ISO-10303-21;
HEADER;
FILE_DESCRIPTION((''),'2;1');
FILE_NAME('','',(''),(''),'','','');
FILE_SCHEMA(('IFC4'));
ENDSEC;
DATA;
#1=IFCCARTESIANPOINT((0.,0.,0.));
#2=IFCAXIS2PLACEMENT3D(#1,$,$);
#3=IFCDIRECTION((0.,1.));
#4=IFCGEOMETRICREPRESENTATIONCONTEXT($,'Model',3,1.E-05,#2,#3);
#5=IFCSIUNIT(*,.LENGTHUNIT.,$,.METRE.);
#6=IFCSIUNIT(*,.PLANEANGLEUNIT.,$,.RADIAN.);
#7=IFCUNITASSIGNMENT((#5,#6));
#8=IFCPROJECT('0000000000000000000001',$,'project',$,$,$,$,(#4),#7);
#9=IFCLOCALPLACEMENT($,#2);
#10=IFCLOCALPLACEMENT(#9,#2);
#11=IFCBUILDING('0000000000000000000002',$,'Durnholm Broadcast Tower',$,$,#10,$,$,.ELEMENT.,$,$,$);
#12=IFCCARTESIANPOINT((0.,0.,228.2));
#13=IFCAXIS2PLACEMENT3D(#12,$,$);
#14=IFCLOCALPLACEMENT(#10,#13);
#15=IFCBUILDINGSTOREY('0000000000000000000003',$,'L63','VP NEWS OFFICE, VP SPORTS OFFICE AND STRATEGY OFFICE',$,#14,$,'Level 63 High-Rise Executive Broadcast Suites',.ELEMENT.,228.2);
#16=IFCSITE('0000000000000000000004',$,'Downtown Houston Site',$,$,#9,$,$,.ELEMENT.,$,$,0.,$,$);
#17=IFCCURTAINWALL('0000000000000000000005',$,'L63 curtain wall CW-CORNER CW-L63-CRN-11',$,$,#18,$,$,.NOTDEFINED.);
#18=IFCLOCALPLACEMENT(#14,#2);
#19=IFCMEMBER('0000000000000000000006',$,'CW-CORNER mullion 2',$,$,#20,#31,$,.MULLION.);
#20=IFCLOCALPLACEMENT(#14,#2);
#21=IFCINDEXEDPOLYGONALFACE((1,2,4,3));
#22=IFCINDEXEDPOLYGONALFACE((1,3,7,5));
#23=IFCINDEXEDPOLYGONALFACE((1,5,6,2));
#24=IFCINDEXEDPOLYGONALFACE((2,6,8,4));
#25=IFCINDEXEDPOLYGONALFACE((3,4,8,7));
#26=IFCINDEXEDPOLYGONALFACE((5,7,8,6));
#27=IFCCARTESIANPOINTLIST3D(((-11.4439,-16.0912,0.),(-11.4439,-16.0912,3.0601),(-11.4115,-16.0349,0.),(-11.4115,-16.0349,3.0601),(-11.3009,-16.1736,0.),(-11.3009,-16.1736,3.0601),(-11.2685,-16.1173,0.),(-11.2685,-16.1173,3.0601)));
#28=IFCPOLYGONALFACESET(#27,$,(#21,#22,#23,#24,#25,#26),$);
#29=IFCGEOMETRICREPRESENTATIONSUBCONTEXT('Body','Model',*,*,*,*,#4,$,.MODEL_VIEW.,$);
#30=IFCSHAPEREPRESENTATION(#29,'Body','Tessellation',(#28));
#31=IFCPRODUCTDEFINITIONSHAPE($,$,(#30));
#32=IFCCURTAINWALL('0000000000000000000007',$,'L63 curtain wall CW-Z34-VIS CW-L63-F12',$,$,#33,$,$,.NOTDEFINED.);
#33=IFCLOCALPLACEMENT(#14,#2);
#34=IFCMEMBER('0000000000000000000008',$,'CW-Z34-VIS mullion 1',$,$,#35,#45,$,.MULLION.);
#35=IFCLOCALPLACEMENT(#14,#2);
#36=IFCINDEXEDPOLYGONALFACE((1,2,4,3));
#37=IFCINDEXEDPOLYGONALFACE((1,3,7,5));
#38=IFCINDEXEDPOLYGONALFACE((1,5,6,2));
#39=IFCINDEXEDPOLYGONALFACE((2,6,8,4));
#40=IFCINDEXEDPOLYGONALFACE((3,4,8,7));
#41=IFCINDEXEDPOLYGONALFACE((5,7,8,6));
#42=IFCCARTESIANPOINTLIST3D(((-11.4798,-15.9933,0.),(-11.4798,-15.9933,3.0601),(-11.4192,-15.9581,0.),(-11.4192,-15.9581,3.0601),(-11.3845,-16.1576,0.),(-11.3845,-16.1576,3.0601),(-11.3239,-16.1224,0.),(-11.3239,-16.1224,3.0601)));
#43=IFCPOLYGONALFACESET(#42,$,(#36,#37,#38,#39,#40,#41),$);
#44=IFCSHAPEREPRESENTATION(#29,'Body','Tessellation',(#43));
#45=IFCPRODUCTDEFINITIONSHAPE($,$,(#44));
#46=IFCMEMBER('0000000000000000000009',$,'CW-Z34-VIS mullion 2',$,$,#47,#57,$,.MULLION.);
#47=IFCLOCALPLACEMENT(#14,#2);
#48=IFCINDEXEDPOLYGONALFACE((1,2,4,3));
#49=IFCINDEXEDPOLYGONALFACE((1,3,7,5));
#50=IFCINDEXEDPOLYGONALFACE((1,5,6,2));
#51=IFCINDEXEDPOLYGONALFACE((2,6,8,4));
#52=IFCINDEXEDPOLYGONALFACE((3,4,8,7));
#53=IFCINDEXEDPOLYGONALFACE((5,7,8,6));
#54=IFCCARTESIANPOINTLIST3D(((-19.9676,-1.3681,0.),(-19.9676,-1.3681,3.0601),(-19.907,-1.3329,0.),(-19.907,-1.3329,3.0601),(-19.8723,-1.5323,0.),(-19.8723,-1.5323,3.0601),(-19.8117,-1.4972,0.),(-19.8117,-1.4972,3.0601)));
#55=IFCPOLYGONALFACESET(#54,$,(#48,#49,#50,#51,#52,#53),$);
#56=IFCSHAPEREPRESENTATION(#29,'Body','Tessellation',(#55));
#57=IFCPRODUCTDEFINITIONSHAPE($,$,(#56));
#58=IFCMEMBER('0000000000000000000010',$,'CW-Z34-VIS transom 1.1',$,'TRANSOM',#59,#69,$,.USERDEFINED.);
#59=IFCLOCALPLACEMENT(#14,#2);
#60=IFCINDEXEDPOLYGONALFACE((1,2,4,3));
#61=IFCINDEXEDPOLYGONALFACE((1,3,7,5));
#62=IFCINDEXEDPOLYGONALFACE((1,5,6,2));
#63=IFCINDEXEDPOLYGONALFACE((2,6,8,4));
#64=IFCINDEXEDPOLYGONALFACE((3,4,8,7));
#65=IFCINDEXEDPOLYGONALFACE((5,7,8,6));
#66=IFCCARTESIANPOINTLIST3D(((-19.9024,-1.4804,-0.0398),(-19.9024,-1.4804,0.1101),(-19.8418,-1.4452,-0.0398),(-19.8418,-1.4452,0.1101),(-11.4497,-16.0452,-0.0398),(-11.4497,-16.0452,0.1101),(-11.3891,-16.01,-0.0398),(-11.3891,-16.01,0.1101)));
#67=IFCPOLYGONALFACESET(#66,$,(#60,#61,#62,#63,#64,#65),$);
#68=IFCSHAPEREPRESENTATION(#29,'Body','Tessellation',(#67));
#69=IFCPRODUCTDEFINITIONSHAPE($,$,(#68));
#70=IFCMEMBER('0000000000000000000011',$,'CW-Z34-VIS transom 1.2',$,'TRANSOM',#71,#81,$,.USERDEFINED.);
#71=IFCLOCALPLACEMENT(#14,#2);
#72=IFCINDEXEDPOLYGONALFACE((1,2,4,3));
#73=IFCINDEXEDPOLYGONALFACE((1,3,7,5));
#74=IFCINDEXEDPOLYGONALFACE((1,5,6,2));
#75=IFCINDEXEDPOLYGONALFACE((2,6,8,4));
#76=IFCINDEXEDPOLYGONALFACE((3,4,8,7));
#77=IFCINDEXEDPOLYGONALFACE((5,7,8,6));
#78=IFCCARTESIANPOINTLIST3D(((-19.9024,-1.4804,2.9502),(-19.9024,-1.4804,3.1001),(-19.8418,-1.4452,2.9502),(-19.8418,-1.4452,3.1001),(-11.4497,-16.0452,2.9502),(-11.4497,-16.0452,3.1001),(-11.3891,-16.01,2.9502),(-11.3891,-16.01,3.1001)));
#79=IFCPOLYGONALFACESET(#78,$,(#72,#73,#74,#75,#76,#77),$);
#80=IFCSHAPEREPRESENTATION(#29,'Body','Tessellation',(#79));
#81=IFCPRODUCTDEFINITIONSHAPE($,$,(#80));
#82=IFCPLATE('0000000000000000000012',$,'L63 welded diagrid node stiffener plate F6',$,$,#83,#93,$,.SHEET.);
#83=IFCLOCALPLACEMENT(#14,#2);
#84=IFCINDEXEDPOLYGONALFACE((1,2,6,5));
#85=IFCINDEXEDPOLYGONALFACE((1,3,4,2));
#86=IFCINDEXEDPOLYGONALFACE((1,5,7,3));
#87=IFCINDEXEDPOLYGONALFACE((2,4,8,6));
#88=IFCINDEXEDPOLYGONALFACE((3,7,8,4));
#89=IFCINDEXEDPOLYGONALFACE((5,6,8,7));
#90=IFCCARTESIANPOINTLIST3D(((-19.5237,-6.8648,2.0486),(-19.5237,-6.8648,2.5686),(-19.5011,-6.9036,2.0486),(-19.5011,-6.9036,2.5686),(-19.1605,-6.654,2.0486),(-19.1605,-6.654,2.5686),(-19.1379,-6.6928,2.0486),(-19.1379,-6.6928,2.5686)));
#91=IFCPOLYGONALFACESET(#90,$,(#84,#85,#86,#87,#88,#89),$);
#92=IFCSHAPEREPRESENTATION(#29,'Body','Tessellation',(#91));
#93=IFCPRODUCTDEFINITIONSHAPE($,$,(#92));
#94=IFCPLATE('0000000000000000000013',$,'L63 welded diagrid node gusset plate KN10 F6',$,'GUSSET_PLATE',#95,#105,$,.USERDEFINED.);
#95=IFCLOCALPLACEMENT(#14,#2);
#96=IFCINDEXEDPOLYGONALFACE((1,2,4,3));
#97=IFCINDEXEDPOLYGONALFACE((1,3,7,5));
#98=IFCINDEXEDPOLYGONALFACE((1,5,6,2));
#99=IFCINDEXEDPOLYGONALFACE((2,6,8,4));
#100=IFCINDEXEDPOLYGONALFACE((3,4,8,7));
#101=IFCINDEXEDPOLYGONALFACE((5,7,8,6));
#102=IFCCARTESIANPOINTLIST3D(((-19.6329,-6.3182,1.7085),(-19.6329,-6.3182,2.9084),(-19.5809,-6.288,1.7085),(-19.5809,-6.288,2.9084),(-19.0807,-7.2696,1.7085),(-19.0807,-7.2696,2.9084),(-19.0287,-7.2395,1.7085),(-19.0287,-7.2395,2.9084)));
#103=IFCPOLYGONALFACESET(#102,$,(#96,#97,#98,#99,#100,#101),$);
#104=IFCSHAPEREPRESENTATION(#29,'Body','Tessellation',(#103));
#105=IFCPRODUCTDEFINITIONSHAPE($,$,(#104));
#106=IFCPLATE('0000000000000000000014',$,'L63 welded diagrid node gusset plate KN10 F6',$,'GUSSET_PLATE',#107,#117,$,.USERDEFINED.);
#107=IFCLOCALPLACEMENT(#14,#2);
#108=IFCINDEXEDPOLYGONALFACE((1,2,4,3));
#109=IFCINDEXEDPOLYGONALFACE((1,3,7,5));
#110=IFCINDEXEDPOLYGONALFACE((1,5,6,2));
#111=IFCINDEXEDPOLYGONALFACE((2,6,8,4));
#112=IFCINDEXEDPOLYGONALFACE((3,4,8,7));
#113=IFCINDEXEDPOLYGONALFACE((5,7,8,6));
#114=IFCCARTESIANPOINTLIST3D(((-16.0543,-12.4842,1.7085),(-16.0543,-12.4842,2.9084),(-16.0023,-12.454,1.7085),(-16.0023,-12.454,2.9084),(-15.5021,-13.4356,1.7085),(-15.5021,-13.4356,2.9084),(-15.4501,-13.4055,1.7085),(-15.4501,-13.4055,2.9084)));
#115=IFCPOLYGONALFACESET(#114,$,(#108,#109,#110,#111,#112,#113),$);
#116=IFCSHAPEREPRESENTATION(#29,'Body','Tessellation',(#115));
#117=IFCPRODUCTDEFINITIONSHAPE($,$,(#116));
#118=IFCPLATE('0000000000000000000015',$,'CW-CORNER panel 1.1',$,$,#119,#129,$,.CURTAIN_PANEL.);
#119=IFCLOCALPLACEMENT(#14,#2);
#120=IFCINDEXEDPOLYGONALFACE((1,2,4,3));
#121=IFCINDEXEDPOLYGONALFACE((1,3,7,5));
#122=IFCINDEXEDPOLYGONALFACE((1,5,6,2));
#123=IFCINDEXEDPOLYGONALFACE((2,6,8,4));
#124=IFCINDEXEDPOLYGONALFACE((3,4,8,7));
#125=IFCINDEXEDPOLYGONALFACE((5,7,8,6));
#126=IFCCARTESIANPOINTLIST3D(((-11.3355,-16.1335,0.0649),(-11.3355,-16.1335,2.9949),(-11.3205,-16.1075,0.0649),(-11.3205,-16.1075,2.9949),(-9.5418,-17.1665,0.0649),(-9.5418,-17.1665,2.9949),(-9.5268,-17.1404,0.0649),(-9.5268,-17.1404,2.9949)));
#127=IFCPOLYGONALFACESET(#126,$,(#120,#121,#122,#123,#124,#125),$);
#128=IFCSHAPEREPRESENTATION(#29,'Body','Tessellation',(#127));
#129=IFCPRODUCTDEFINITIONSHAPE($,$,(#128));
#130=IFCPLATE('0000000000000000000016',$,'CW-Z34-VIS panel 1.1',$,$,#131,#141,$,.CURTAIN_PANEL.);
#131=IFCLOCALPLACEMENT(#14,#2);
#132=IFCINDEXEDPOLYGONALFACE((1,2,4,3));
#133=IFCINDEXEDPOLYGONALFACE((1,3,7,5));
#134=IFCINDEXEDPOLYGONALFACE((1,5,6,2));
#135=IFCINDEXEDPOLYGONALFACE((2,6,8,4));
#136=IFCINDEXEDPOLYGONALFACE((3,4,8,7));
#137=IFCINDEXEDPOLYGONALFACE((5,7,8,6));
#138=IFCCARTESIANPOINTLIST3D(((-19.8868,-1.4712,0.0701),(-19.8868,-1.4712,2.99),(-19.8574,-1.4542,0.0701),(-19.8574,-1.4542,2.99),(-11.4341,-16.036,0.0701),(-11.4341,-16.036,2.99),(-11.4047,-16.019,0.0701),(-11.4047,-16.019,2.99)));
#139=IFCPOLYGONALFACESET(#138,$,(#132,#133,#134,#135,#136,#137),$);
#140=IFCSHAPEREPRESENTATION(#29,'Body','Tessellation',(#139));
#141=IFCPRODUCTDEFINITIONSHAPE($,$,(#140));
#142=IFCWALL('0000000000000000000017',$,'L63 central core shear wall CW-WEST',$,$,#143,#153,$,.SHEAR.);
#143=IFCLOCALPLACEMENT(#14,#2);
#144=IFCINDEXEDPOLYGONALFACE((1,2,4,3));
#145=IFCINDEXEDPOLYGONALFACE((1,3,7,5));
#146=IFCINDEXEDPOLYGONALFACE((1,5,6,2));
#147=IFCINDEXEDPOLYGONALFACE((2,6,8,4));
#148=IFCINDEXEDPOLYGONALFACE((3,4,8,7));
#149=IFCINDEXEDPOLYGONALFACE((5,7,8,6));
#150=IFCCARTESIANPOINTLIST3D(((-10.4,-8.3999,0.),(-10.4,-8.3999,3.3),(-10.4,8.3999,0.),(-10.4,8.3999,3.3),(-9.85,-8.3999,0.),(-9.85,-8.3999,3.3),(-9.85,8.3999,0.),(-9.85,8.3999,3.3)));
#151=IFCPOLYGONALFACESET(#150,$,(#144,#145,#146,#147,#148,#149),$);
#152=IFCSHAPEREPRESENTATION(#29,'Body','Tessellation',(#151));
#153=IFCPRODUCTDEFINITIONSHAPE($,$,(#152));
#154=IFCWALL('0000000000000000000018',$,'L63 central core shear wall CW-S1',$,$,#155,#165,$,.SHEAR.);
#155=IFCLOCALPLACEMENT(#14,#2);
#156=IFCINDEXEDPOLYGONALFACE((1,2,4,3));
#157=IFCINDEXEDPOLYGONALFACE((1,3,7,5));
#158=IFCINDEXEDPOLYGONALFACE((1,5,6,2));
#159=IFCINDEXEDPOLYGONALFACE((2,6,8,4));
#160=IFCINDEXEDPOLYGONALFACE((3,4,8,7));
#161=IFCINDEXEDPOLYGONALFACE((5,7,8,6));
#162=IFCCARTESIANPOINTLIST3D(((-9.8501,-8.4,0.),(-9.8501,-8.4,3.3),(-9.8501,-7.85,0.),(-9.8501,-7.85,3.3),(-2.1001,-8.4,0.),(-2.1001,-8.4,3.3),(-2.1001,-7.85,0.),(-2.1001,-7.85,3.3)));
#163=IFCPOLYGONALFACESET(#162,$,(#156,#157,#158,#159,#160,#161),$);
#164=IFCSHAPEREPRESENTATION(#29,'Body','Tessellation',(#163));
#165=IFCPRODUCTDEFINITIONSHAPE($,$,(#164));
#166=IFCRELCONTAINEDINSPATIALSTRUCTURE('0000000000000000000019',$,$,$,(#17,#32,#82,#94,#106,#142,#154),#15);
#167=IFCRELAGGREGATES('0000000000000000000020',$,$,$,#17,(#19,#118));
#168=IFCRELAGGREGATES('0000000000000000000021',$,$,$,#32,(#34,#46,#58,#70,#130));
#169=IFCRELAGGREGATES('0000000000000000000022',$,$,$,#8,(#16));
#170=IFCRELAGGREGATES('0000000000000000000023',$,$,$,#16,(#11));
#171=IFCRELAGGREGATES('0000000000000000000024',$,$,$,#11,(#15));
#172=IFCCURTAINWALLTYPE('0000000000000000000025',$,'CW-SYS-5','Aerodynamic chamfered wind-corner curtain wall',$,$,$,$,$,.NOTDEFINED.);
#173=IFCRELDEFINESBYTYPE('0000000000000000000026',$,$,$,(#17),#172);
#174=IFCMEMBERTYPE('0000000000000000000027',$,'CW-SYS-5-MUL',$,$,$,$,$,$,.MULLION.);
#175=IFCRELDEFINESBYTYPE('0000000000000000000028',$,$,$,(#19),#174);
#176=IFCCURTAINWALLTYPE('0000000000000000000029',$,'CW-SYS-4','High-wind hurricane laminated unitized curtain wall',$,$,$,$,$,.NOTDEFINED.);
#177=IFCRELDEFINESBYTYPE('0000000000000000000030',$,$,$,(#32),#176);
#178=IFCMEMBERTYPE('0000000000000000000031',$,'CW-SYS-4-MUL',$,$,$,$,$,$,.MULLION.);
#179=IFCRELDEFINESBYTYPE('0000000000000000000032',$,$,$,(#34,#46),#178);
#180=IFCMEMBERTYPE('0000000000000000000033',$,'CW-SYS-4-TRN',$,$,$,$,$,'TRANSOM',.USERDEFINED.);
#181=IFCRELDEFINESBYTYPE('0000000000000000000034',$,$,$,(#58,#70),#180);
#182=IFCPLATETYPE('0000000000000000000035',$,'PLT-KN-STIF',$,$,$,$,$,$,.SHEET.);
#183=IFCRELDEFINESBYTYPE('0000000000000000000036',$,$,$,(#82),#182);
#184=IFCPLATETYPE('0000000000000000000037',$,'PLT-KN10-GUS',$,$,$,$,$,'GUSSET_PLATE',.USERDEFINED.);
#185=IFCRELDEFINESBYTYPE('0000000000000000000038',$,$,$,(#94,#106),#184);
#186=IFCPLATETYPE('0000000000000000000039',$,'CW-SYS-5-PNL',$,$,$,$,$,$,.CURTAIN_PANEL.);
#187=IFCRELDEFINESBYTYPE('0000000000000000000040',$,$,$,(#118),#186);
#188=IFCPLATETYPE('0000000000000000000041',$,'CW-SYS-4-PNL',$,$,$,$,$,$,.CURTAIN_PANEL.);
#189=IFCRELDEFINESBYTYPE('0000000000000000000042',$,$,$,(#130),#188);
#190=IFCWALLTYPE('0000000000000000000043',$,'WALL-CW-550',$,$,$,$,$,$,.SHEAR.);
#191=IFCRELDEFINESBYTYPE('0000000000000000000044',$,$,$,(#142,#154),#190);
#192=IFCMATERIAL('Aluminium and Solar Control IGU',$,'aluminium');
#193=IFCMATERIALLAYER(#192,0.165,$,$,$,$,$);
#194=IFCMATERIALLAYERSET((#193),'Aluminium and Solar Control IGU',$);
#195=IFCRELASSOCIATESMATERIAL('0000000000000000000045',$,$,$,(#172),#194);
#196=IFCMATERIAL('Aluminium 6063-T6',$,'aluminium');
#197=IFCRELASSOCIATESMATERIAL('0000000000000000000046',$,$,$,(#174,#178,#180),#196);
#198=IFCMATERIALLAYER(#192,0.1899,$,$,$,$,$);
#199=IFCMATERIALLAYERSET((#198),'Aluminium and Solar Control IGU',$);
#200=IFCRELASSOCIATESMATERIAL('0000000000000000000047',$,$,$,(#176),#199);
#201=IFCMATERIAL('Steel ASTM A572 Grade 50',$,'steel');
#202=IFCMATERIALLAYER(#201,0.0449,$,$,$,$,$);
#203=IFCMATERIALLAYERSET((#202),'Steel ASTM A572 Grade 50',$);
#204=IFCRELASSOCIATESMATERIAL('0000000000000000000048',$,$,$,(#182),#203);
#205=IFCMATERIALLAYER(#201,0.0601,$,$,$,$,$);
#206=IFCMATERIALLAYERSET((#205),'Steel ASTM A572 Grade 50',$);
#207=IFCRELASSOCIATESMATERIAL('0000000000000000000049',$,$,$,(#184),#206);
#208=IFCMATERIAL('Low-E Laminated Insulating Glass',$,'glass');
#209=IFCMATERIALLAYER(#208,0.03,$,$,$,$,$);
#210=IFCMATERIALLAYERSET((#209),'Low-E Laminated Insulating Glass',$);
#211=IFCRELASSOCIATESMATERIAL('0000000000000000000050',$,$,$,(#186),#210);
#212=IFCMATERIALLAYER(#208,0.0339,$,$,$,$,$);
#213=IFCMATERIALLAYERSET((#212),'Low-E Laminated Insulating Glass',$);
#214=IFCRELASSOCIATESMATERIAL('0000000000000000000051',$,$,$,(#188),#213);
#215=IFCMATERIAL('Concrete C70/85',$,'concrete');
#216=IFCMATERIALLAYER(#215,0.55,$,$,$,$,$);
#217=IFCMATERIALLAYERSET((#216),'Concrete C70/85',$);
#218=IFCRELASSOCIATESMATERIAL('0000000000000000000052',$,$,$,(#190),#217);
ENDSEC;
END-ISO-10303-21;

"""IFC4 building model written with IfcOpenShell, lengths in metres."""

from ifc_helpers import new_model, si_unit, direction, frame, frame_2d, origin, origin_2d, place, context, subcontext, project, spatial, rectangle, extrude, source, transform, mapped, material, layer, layer_set, material_profile, profile_set, type_object, type_shapes, element, aggregate, save


model = new_model("IFC4")

# Units and contexts
model_context = context("Model", 3, precision=1e-05, world=origin(), true_north=direction((0.0, 1.0)))
body_context = subcontext(model_context, "Body", "Model", "MODEL_VIEW")
ifc_project = project(units=[si_unit("LENGTHUNIT", "METRE"), si_unit("PLANEANGLEUNIT", "RADIAN")], contexts=[model_context])

# Site, building, storey
site_placement = place(None, origin())
site = spatial("IfcSite", under=ifc_project, at=site_placement, Name="Downtown Houston Site", CompositionType="ELEMENT", RefElevation=0.0)
building_placement = place(site_placement, origin())
building = spatial("IfcBuilding", under=site, at=building_placement, Name="Durnholm Broadcast Tower", CompositionType="ELEMENT")
storey_placement = place(building_placement, frame((0.0, 0.0, 228.2)))
storey = spatial("IfcBuildingStorey", under=building, at=storey_placement, Name="L63", Description="VP NEWS OFFICE, VP SPORTS OFFICE AND STRATEGY OFFICE", LongName="Level 63 High-Rise Executive Broadcast Suites", CompositionType="ELEMENT", Elevation=228.2)

# Shared definitions
ifc_material_1 = material(Name="Concrete C70/85", Category="concrete")

# Shared definitions
ifc_material_2 = material(Name="Aluminium and Solar Control IGU", Category="aluminium")
ifc_layer_1 = layer(ifc_material_2, 0.165)
ifc_layer_set_1 = layer_set([ifc_layer_1], Name="Aluminium and Solar Control IGU")
curtain_wall_type_1 = type_object("IfcCurtainWallType", Name="CW-SYS-5", Description="Aerodynamic chamfered wind-corner curtain wall", PredefinedType="NOTDEFINED", material=ifc_layer_set_1)
ifc_material_3 = material(Name="Aluminium 6063-T6", Category="aluminium")
ifc_material_profile_1 = material_profile(ifc_material_3, rectangle(XDim=0.0649, YDim=0.165, at=origin_2d()), Name="CWM65X165")
ifc_profile_set_1 = profile_set([ifc_material_profile_1], Name="Aluminium 6063-T6")
member_type_1 = type_object("IfcMemberType", Name="CW-SYS-5-MUL", PredefinedType="MULLION", material=ifc_profile_set_1)
shared_shape_1 = source(origin(), body_context, "Body", "SweptSolid", [
    extrude(rectangle(XDim=0.0649, YDim=0.165, at=origin_2d()), origin(), (0.0, 0.0, 1.0), 3.0601),
])
type_shapes(member_type_1, [shared_shape_1])

# Curtain wall, member
curtain_wall_1_placement = place(storey_placement, origin())
curtain_wall_1 = element("IfcCurtainWall", 1, at=curtain_wall_1_placement, inside=storey, type_object=curtain_wall_type_1, Name="L63 curtain wall CW-CORNER CW-L63-CRN-11", PredefinedType="NOTDEFINED")
member_1_placement = place(storey_placement, frame((-11.3562, -16.1042, 0.0), z_axis=(0.0, 0.0, 1.0), x_axis=(-0.499059, -0.866568, 0.0)))
member_1 = element("IfcMember", 2, at=member_1_placement, type_object=member_type_1, Name="CW-CORNER mullion 2", PredefinedType="MULLION", context=body_context, shape_type="MappedRepresentation", body=[
    mapped(shared_shape_1, transform((0.0, 0.0, 0.0), x_axis=(1.0, 0.0, 0.0), y_axis=(0.0, 1.0, 0.0), z_axis=(0.0, 0.0, 1.0), scale=1.0)),
])

# Curtain wall, members
ifc_layer_2 = layer(ifc_material_2, 0.1899)
ifc_layer_set_2 = layer_set([ifc_layer_2], Name="Aluminium and Solar Control IGU")
curtain_wall_type_2 = type_object("IfcCurtainWallType", Name="CW-SYS-4", Description="High-wind hurricane laminated unitized curtain wall", PredefinedType="NOTDEFINED", material=ifc_layer_set_2)
curtain_wall_2_placement = place(storey_placement, origin())
curtain_wall_2 = element("IfcCurtainWall", 3, at=curtain_wall_2_placement, inside=storey, type_object=curtain_wall_type_2, Name="L63 curtain wall CW-Z34-VIS CW-L63-F12", PredefinedType="NOTDEFINED")
ifc_material_profile_2 = material_profile(ifc_material_3, rectangle(XDim=0.0701, YDim=0.1899, at=origin_2d()), Name="CWM70X190")
ifc_profile_set_2 = profile_set([ifc_material_profile_2], Name="Aluminium 6063-T6")
member_type_2 = type_object("IfcMemberType", Name="CW-SYS-4-MUL", PredefinedType="MULLION", material=ifc_profile_set_2)
shared_shape_2 = source(origin(), body_context, "Body", "SweptSolid", [
    extrude(rectangle(XDim=0.0701, YDim=0.1899, at=origin_2d()), origin(), (0.0, 0.0, 1.0), 3.0601),
])
type_shapes(member_type_2, [shared_shape_2])
member_2_placement = place(storey_placement, frame((-11.4019, -16.0579, 0.0), z_axis=(0.0, 0.0, 1.0), x_axis=(-0.8649, -0.501944, 0.0)))
member_2 = element("IfcMember", 4, at=member_2_placement, type_object=member_type_2, Name="CW-Z34-VIS mullion 1", PredefinedType="MULLION", context=body_context, shape_type="MappedRepresentation", body=[
    mapped(shared_shape_2, transform((0.0, 0.0, 0.0), x_axis=(1.0, 0.0, 0.0), y_axis=(0.0, 1.0, 0.0), z_axis=(0.0, 0.0, 1.0), scale=1.0)),
])
member_3_placement = place(storey_placement, frame((-19.8896, -1.4326, 0.0), z_axis=(0.0, 0.0, 1.0), x_axis=(-0.8649, -0.501944, 0.0)))
member_3 = element("IfcMember", 5, at=member_3_placement, type_object=member_type_2, Name="CW-Z34-VIS mullion 2", PredefinedType="MULLION", context=body_context, shape_type="MappedRepresentation", body=[
    mapped(shared_shape_2, transform((0.0, 0.0, 0.0), x_axis=(1.0, 0.0, 0.0), y_axis=(0.0, 1.0, 0.0), z_axis=(0.0, 0.0, 1.0), scale=1.0)),
])
ifc_material_profile_3 = material_profile(ifc_material_3, rectangle(XDim=0.0701, YDim=0.1499, at=origin_2d()), Name="CWT70X150")
ifc_profile_set_3 = profile_set([ifc_material_profile_3], Name="Aluminium 6063-T6")
member_type_3 = type_object("IfcMemberType", Name="CW-SYS-4-TRN", ElementType="TRANSOM", PredefinedType="USERDEFINED", material=ifc_profile_set_3)
shared_shape_3 = source(origin(), body_context, "Body", "SweptSolid", [
    extrude(rectangle(XDim=0.0701, YDim=0.1499, at=origin_2d()), origin(), (0.0, 0.0, 1.0), 16.8398),
])
type_shapes(member_type_3, [shared_shape_3])
member_4_placement = place(storey_placement, frame((-11.4194, -16.0276, 0.0352), z_axis=(-0.501945, 0.864899, 0.0), x_axis=(-0.864899, -0.501945, 0.0)))
member_4 = element("IfcMember", 6, at=member_4_placement, type_object=member_type_3, Name="CW-Z34-VIS transom 1.1", ObjectType="TRANSOM", PredefinedType="USERDEFINED", context=body_context, shape_type="MappedRepresentation", body=[
    mapped(shared_shape_3, transform((0.0, 0.0, 0.0), x_axis=(1.0, 0.0, 0.0), y_axis=(0.0, 1.0, 0.0), z_axis=(0.0, 0.0, 1.0), scale=1.0)),
])
member_5_placement = place(storey_placement, frame((-11.4194, -16.0276, 3.0251), z_axis=(-0.501945, 0.864899, 0.0), x_axis=(-0.864899, -0.501945, 0.0)))
member_5 = element("IfcMember", 7, at=member_5_placement, type_object=member_type_3, Name="CW-Z34-VIS transom 1.2", ObjectType="TRANSOM", PredefinedType="USERDEFINED", context=body_context, shape_type="MappedRepresentation", body=[
    mapped(shared_shape_3, transform((0.0, 0.0, 0.0), x_axis=(1.0, 0.0, 0.0), y_axis=(0.0, 1.0, 0.0), z_axis=(0.0, 0.0, 1.0), scale=1.0)),
])

# Plates
ifc_material_4 = material(Name="Steel ASTM A572 Grade 50", Category="steel")
ifc_layer_3 = layer(ifc_material_4, 0.0449)
ifc_layer_set_3 = layer_set([ifc_layer_3], Name="Steel ASTM A572 Grade 50")
plate_type_1 = type_object("IfcPlateType", Name="PLT-KN-STIF", PredefinedType="SHEET", material=ifc_layer_set_3)
shared_shape_4 = source(origin(), body_context, "Body", "SweptSolid", [
    extrude(rectangle(XDim=0.0449, YDim=0.4199, at=origin_2d()), origin(), (0.0, 0.0, 1.0), 0.52),
])
type_shapes(plate_type_1, [shared_shape_4])
plate_1_placement = place(storey_placement, frame((-19.3308, -6.7788, 2.0486), z_axis=(0.0, 0.0, 1.0), x_axis=(0.501964, -0.864889, 0.0)))
element("IfcPlate", 8, at=plate_1_placement, inside=storey, type_object=plate_type_1, Name="L63 welded diagrid node stiffener plate F6", PredefinedType="SHEET", context=body_context, shape_type="MappedRepresentation", body=[
    mapped(shared_shape_4, transform((0.0, 0.0, 0.0), x_axis=(1.0, 0.0, 0.0), y_axis=(0.0, 1.0, 0.0), z_axis=(0.0, 0.0, 1.0), scale=1.0)),
])
ifc_layer_4 = layer(ifc_material_4, 0.0601)
ifc_layer_set_4 = layer_set([ifc_layer_4], Name="Steel ASTM A572 Grade 50")
plate_type_2 = type_object("IfcPlateType", Name="PLT-KN10-GUS", ElementType="GUSSET_PLATE", PredefinedType="USERDEFINED", material=ifc_layer_set_4)
shared_shape_5 = source(origin(), body_context, "Body", "SweptSolid", [
    extrude(rectangle(XDim=1.1001, YDim=0.0601, at=origin_2d()), origin(), (0.0, 0.0, 1.0), 1.2),
])
type_shapes(plate_type_2, [shared_shape_5])
for number, where, z_axis, x_axis, name in (
    (9, (-19.3308, -6.7788, 1.7085), (0.0, 0.0, 1.0), (0.501964, -0.864889, 0.0), "L63 welded diagrid node gusset plate KN10 F6"),
    (10, (-15.7522, -12.9448, 1.7085), (0.0, 0.0, 1.0), (0.501964, -0.864889, 0.0), "L63 welded diagrid node gusset plate KN10 F6"),
):
    element("IfcPlate", number, at=place(storey_placement, frame(where, z_axis=z_axis, x_axis=x_axis)), inside=storey, type_object=plate_type_2, Name=name, ObjectType="GUSSET_PLATE", PredefinedType="USERDEFINED", context=body_context, shape_type="MappedRepresentation", body=[
        mapped(shared_shape_5, transform((0.0, 0.0, 0.0), x_axis=(1.0, 0.0, 0.0), y_axis=(0.0, 1.0, 0.0), z_axis=(0.0, 0.0, 1.0), scale=1.0)),
    ])

# Plates
ifc_material_5 = material(Name="Low-E Laminated Insulating Glass", Category="glass")
ifc_layer_5 = layer(ifc_material_5, 0.03)
ifc_layer_set_5 = layer_set([ifc_layer_5], Name="Low-E Laminated Insulating Glass")
plate_type_3 = type_object("IfcPlateType", Name="CW-SYS-5-PNL", PredefinedType="CURTAIN_PANEL", material=ifc_layer_set_5)
shared_shape_6 = source(origin(), body_context, "Body", "SweptSolid", [
    extrude(rectangle(XDim=2.0698, YDim=0.03, at=origin_2d()), origin(), (0.0, 0.0, 1.0), 2.9299),
])
type_shapes(plate_type_3, [shared_shape_6])
plate_2_placement = place(storey_placement, frame((-10.4312, -16.637, 0.0649), z_axis=(0.0, 0.0, 1.0), x_axis=(-0.866568, 0.499059, 0.0)))
plate_2 = element("IfcPlate", 11, at=plate_2_placement, type_object=plate_type_3, Name="CW-CORNER panel 1.1", PredefinedType="CURTAIN_PANEL", context=body_context, shape_type="MappedRepresentation", body=[
    mapped(shared_shape_6, transform((0.0, 0.0, 0.0), x_axis=(1.0, 0.0, 0.0), y_axis=(0.0, 1.0, 0.0), z_axis=(0.0, 0.0, 1.0), scale=1.0)),
])
aggregate(curtain_wall_1, [member_1, plate_2])
ifc_layer_6 = layer(ifc_material_5, 0.0339)
ifc_layer_set_6 = layer_set([ifc_layer_6], Name="Low-E Laminated Insulating Glass")
plate_type_4 = type_object("IfcPlateType", Name="CW-SYS-4-PNL", PredefinedType="CURTAIN_PANEL", material=ifc_layer_set_6)
shared_shape_7 = source(origin(), body_context, "Body", "SweptSolid", [
    extrude(rectangle(XDim=16.8398, YDim=0.0339, at=origin_2d()), origin(), (0.0, 0.0, 1.0), 2.9199),
])
type_shapes(plate_type_4, [shared_shape_7])
plate_3_placement = place(storey_placement, frame((-15.6458, -8.7451, 0.0701), z_axis=(0.0, 0.0, 1.0), x_axis=(-0.501944, 0.8649, 0.0)))
plate_3 = element("IfcPlate", 12, at=plate_3_placement, type_object=plate_type_4, Name="CW-Z34-VIS panel 1.1", PredefinedType="CURTAIN_PANEL", context=body_context, shape_type="MappedRepresentation", body=[
    mapped(shared_shape_7, transform((0.0, 0.0, 0.0), x_axis=(1.0, 0.0, 0.0), y_axis=(0.0, 1.0, 0.0), z_axis=(0.0, 0.0, 1.0), scale=1.0)),
])
aggregate(curtain_wall_2, [member_2, member_3, member_4, member_5, plate_3])

# Walls
ifc_layer_7 = layer(ifc_material_1, 0.55)
ifc_layer_set_7 = layer_set([ifc_layer_7], Name="Concrete C70/85")
wall_type_1 = type_object("IfcWallType", Name="WALL-CW-550", PredefinedType="SHEAR", material=ifc_layer_set_7)
wall_1_placement = place(storey_placement, frame((-10.125, -8.3999, 0.0), z_axis=(0.0, 0.0, 1.0), x_axis=(0.0, 1.0, 0.0)))
element("IfcWall", 13, at=wall_1_placement, inside=storey, type_object=wall_type_1, Name="L63 central core shear wall CW-WEST", PredefinedType="SHEAR", context=body_context, shape_type="SweptSolid", body=[
    extrude(rectangle(XDim=16.7998, YDim=0.55, at=frame_2d((8.3999, 0.0))), origin(), (0.0, 0.0, 1.0), 3.3),
])
wall_2_placement = place(storey_placement, frame((-9.8501, -8.125, 0.0), z_axis=(0.0, 0.0, 1.0), x_axis=(1.0, 0.0, 0.0)))
element("IfcWall", 14, at=wall_2_placement, inside=storey, type_object=wall_type_1, Name="L63 central core shear wall CW-S1", PredefinedType="SHEAR", context=body_context, shape_type="SweptSolid", body=[
    extrude(rectangle(XDim=7.75, YDim=0.55, at=frame_2d((3.875, 0.0))), origin(), (0.0, 0.0, 1.0), 3.3),
])

save(model, "model.ifc")
